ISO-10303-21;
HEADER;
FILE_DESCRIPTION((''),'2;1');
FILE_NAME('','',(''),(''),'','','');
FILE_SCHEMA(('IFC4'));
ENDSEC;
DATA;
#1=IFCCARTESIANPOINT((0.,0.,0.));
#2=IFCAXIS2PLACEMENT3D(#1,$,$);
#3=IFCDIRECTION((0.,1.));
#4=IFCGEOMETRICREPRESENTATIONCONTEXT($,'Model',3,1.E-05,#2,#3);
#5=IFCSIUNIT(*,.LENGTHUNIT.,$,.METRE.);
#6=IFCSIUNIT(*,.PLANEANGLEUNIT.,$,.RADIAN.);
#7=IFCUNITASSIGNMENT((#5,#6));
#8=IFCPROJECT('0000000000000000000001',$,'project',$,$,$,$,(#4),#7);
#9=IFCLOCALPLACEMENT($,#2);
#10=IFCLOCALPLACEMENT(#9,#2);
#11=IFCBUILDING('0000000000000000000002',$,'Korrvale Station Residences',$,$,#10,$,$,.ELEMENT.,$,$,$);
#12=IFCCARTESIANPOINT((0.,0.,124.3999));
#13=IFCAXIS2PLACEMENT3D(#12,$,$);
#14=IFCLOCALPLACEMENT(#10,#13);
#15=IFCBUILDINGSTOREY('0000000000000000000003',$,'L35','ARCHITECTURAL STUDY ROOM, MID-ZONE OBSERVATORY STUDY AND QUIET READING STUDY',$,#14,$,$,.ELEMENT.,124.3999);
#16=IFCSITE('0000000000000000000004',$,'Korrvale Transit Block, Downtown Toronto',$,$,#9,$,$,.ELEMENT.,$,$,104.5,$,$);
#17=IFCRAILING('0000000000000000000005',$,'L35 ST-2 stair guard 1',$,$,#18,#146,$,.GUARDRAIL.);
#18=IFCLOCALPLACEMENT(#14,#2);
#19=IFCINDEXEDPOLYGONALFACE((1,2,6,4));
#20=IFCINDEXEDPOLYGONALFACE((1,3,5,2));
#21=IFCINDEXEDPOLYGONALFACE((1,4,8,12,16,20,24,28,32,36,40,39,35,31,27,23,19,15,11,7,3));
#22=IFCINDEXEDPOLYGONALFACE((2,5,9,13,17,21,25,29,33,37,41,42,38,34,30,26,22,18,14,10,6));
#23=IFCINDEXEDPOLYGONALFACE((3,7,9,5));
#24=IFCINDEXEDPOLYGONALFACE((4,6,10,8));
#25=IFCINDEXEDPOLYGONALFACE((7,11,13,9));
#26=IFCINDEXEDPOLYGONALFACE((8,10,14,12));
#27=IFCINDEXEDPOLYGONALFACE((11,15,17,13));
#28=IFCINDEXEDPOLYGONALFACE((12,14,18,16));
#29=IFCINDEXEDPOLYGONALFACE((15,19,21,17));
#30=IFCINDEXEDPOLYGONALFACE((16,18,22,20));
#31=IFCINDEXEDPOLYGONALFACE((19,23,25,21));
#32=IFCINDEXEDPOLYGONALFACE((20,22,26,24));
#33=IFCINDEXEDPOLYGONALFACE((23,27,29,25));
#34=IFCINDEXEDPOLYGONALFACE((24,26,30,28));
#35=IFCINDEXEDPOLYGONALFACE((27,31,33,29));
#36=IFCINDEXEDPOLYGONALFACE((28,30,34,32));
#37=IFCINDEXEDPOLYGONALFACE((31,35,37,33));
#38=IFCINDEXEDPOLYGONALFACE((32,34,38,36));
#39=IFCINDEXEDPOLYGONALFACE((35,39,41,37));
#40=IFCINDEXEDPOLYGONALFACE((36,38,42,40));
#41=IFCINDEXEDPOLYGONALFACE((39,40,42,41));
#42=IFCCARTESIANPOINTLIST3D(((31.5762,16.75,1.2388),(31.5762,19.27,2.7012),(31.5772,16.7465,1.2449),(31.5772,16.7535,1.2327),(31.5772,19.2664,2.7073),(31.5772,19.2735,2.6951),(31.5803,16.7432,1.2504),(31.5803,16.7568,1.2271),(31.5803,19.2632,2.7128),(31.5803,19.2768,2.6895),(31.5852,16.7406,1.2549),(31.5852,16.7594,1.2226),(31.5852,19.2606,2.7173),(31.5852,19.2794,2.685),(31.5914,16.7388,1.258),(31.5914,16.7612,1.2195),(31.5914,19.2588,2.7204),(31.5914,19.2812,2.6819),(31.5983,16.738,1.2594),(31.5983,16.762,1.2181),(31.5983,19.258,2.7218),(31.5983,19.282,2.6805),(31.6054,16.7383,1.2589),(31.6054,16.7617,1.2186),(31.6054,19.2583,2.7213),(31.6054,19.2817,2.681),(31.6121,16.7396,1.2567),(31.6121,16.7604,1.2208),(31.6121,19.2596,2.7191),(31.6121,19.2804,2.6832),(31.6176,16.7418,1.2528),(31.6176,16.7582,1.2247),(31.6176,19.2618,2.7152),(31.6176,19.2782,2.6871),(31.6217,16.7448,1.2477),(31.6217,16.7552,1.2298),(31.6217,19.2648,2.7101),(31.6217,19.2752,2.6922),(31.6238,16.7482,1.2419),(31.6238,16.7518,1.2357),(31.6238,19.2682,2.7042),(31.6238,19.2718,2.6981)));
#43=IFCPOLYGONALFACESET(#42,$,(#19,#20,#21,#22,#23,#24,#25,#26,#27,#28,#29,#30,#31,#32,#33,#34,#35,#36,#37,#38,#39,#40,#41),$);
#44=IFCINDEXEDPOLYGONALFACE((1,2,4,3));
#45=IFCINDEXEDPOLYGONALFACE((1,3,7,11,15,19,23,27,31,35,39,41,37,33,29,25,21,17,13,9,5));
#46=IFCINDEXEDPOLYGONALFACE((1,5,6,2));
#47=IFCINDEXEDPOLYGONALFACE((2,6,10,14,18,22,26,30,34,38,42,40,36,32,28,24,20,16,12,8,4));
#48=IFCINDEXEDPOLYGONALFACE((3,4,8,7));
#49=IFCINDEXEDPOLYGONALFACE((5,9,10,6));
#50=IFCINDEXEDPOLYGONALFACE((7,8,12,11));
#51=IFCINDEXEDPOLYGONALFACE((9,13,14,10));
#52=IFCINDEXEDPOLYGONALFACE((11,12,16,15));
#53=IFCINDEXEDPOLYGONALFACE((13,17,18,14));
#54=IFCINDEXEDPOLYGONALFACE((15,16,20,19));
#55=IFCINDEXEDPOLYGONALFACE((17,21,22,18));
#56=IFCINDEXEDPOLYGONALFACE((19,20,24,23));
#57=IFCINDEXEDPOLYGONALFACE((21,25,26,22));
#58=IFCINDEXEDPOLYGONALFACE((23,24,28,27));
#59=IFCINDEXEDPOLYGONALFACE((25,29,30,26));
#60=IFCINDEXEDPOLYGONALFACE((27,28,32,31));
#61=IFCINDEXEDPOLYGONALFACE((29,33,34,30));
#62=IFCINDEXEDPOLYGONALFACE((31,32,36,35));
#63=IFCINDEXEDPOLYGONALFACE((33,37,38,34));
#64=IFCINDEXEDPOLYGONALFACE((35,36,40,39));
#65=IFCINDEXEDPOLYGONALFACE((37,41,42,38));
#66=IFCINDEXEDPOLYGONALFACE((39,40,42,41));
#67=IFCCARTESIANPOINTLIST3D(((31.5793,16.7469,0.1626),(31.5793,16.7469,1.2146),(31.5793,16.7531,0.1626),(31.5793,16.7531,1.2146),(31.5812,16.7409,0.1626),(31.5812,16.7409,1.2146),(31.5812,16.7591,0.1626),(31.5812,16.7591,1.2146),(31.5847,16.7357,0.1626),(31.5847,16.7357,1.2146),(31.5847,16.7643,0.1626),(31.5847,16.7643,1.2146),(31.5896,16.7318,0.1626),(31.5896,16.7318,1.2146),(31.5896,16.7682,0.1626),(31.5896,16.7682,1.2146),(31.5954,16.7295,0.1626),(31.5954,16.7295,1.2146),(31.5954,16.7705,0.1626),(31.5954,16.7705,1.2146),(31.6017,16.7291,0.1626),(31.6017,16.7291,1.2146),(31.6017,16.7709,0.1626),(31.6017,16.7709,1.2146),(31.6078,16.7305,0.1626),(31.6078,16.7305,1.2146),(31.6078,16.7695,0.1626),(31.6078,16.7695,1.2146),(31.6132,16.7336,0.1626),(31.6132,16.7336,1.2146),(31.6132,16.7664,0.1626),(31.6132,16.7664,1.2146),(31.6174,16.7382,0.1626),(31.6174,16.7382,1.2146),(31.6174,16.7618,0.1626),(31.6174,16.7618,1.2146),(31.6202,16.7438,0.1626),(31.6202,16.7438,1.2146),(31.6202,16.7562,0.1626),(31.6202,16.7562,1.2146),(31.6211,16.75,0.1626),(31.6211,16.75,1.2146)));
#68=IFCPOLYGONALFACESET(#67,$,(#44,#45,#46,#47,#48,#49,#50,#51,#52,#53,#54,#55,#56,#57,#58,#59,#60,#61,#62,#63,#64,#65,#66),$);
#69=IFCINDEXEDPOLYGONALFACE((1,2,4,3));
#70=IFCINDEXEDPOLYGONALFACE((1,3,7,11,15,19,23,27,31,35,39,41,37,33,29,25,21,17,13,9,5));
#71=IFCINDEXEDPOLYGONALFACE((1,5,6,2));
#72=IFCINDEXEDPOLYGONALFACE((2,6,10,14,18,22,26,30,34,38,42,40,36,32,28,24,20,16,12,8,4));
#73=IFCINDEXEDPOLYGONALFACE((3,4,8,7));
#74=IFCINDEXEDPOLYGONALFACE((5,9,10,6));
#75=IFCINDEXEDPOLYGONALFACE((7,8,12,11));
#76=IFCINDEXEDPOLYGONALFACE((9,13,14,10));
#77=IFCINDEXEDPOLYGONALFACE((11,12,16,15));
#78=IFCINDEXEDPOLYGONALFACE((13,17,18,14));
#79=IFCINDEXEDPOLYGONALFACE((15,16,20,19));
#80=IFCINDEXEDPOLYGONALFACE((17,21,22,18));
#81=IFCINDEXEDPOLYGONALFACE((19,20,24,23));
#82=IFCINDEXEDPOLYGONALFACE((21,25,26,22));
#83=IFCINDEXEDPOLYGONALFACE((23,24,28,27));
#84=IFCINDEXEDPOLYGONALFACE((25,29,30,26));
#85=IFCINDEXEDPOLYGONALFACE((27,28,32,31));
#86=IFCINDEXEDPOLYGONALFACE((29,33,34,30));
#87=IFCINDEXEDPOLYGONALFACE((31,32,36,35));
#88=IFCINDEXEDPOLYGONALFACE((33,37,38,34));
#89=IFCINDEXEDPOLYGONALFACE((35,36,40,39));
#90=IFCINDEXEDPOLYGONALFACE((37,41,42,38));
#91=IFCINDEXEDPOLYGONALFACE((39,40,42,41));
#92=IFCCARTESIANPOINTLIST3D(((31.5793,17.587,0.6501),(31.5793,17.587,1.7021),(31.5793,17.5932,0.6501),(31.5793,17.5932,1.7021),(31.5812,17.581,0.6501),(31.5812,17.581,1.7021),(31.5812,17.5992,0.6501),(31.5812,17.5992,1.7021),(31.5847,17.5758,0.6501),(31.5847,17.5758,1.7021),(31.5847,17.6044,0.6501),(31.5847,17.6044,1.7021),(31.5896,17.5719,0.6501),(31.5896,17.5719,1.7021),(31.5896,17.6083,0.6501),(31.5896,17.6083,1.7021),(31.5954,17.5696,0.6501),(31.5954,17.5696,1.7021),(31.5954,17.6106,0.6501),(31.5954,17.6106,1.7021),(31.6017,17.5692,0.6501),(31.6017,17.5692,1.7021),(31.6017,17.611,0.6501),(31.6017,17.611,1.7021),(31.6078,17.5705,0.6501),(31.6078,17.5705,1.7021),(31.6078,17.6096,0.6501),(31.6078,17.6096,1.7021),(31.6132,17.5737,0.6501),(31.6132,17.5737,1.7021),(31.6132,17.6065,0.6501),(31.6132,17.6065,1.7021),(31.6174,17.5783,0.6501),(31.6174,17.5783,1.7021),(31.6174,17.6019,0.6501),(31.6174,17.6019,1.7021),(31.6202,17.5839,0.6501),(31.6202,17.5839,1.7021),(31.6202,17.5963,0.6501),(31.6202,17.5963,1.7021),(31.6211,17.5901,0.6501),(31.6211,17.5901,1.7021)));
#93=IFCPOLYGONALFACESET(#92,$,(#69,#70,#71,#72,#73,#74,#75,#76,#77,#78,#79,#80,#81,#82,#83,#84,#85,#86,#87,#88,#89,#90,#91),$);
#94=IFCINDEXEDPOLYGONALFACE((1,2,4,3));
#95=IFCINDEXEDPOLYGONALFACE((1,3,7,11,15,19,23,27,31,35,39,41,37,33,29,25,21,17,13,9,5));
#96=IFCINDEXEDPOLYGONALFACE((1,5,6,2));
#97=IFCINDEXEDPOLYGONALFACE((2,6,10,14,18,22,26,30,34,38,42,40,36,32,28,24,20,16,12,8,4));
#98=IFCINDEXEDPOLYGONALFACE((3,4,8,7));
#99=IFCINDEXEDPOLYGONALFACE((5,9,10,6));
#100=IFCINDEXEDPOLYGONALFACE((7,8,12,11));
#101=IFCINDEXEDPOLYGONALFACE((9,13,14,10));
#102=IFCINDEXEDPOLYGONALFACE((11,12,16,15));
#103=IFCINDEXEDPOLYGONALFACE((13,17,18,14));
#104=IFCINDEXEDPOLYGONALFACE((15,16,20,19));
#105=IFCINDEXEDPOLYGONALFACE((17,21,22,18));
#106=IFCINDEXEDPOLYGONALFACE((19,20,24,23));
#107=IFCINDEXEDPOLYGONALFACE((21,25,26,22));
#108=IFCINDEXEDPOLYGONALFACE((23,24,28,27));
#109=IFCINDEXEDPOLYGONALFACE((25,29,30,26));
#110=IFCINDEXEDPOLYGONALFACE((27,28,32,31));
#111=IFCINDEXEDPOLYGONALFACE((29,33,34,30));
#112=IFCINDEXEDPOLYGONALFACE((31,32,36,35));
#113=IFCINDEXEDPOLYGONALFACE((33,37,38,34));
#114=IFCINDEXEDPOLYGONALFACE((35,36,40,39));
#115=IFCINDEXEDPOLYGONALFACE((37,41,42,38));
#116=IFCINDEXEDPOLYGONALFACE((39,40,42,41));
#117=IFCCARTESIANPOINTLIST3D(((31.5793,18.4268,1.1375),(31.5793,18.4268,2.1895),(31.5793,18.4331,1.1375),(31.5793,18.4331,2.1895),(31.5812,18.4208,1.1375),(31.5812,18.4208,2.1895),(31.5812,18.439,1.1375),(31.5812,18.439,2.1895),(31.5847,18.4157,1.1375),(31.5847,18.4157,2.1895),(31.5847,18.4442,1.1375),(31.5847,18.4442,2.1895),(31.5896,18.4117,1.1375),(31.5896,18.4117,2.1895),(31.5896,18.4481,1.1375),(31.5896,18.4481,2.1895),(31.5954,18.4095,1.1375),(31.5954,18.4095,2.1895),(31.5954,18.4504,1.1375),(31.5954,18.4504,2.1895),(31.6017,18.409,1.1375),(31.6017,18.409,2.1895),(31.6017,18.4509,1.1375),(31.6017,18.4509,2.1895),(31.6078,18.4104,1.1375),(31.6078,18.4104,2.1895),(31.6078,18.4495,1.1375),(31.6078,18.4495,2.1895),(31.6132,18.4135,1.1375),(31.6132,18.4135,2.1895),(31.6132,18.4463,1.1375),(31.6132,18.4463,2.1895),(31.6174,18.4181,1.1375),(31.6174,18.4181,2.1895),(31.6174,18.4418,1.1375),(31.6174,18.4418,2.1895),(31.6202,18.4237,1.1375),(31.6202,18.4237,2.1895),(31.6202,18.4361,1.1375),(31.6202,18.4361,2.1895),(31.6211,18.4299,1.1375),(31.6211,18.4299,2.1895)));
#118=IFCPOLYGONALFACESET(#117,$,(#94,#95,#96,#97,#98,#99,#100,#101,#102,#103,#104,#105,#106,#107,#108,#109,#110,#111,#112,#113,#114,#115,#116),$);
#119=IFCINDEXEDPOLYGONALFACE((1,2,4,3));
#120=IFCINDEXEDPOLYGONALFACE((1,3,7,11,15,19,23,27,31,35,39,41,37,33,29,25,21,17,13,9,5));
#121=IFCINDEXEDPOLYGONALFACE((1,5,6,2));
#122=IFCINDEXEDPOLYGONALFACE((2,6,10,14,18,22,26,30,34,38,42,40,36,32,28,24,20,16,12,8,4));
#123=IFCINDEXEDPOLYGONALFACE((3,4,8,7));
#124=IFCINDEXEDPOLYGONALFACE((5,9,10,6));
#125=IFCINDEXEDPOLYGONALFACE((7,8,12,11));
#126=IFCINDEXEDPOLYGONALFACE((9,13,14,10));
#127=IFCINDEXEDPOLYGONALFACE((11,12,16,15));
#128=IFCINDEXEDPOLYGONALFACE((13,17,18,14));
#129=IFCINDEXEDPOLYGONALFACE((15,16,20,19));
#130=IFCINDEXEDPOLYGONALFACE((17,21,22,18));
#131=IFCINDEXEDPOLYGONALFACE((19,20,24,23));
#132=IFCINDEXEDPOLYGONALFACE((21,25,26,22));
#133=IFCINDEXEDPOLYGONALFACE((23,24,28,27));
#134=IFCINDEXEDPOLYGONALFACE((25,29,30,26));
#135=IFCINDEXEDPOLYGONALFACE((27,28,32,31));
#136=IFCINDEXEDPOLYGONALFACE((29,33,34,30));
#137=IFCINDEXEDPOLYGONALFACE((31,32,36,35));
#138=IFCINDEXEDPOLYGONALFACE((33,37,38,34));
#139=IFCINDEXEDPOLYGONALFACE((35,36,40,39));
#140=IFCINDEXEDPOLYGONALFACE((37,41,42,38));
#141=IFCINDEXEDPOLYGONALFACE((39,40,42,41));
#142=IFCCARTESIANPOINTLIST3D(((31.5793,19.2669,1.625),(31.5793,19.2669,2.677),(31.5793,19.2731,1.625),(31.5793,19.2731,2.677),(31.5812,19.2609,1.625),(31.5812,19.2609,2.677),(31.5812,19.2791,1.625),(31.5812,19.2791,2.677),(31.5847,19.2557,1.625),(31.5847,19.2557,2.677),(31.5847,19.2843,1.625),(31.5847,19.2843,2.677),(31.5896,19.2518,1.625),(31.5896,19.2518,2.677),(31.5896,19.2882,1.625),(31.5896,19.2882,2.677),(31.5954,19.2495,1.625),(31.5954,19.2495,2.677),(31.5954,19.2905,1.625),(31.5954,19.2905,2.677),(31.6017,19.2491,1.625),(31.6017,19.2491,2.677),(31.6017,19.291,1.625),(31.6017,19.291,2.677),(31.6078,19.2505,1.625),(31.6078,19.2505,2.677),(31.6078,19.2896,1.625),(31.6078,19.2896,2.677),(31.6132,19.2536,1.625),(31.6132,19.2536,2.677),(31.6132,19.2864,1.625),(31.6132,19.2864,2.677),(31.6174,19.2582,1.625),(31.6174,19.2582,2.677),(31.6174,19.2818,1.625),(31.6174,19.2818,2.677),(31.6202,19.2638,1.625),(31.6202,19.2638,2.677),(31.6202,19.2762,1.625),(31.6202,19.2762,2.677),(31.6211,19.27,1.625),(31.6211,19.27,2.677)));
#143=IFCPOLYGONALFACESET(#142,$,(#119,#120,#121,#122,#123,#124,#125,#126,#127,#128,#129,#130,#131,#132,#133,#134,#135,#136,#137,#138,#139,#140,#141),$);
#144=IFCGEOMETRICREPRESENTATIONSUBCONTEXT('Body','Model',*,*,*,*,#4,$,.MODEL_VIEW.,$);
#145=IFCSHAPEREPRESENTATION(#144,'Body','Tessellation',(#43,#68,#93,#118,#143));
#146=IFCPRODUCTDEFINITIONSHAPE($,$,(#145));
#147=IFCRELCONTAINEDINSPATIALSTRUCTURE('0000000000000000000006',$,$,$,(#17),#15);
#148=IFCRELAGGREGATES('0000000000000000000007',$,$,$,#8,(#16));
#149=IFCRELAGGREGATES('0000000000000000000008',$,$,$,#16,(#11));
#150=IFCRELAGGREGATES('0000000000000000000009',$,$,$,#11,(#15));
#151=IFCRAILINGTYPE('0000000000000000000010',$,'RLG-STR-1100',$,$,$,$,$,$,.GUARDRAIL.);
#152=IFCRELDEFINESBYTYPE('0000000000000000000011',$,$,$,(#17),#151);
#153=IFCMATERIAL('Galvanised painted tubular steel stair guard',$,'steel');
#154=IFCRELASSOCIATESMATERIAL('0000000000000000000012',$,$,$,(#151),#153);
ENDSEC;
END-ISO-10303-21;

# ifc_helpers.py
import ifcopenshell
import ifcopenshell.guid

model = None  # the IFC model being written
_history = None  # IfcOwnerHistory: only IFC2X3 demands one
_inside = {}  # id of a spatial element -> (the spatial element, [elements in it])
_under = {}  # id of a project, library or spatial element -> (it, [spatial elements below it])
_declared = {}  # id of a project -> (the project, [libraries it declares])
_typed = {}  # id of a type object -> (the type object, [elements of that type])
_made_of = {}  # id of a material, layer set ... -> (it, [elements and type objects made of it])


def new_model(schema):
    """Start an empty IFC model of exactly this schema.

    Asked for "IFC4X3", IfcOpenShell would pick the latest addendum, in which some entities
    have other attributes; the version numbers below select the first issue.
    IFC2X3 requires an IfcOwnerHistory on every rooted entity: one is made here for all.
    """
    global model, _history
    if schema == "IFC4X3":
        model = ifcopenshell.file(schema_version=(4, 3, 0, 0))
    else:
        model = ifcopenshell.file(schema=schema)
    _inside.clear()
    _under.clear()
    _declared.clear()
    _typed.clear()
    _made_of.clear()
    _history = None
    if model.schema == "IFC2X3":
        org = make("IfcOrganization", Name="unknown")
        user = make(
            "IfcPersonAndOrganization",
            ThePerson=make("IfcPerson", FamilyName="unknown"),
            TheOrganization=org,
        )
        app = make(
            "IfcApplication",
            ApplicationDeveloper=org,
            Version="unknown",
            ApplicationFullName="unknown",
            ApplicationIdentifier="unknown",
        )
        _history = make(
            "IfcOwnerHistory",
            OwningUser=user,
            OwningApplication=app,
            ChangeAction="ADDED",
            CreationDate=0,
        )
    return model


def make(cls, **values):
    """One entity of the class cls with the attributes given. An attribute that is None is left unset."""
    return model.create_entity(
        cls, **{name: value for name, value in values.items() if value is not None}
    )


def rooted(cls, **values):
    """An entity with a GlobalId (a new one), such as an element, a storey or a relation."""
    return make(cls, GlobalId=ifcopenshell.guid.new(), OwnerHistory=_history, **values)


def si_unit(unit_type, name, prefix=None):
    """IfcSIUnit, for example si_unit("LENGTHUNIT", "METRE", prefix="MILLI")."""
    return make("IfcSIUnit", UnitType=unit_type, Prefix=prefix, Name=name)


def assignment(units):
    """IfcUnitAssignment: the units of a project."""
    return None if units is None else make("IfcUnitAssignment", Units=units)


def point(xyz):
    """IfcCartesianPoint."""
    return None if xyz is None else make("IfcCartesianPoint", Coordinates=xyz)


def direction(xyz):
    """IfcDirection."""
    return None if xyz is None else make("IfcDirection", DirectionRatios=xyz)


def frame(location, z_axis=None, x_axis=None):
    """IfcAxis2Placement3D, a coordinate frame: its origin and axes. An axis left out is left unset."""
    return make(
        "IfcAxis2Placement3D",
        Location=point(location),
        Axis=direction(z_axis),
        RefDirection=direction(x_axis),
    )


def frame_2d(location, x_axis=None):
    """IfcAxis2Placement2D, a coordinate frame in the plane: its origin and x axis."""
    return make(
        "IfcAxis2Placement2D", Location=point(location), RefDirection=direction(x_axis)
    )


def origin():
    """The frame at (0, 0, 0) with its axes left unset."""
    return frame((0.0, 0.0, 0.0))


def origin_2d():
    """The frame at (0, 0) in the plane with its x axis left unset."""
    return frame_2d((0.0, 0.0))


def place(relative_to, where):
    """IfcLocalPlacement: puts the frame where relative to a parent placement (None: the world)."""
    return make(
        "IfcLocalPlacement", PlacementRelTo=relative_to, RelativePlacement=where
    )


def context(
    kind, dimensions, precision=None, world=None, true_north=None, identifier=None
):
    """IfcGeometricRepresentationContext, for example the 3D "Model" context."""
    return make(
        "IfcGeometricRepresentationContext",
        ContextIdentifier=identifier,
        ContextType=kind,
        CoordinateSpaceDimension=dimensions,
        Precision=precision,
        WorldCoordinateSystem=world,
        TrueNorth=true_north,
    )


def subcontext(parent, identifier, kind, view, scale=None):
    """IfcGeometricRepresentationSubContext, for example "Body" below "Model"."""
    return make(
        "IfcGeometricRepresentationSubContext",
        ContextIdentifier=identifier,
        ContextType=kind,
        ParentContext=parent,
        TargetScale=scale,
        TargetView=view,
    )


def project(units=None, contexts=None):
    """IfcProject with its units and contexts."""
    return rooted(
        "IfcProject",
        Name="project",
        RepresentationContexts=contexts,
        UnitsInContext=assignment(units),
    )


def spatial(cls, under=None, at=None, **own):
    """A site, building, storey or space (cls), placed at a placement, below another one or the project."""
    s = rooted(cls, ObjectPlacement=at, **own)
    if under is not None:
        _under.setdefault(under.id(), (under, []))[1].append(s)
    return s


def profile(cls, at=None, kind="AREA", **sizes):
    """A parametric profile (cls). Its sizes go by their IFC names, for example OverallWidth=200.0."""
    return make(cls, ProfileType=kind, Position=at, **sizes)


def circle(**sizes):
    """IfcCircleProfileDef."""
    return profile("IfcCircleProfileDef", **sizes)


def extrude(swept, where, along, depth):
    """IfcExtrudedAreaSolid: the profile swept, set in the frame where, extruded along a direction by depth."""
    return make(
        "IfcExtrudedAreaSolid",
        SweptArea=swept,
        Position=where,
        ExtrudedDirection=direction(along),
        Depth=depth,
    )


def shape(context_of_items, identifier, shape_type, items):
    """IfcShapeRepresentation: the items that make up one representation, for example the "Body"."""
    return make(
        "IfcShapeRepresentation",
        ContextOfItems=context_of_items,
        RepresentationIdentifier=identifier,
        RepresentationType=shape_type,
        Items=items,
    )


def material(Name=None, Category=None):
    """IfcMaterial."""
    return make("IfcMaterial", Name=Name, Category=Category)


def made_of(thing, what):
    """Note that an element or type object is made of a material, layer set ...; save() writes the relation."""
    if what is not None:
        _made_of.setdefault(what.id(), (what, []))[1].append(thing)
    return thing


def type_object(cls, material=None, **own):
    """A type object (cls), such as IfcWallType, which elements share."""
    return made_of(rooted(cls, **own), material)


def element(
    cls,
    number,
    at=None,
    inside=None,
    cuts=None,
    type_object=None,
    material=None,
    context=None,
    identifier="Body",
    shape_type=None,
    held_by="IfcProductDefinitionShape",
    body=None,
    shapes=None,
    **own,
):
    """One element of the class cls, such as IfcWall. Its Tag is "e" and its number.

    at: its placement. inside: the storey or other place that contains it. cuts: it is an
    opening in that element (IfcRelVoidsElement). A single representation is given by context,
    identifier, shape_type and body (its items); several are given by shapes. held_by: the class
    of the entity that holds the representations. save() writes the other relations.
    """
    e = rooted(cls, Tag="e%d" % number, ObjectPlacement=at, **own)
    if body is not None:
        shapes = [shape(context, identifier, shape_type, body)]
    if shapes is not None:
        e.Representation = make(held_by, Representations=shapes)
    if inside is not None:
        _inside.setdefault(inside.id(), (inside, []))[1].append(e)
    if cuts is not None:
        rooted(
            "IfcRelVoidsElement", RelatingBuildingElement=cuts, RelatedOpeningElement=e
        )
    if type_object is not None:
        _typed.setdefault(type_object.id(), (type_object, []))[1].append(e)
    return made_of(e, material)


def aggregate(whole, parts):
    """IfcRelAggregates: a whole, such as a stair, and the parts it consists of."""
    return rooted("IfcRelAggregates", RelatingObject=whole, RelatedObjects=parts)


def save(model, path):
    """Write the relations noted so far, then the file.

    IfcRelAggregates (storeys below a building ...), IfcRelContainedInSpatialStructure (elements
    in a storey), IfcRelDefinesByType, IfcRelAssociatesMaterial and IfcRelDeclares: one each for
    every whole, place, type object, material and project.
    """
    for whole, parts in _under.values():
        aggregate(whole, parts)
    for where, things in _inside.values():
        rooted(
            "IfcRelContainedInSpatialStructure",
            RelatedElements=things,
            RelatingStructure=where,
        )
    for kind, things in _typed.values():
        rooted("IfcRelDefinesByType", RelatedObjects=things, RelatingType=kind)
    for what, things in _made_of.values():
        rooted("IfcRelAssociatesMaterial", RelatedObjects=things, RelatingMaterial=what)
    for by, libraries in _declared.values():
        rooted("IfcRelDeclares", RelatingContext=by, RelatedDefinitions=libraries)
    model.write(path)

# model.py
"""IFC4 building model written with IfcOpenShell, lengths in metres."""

from ifc_helpers import new_model, si_unit, direction, frame, origin, origin_2d, place, context, subcontext, project, spatial, circle, extrude, material, type_object, element, save


model = new_model("IFC4")

# Units and contexts
model_context = context("Model", 3, precision=1e-05, world=origin(), true_north=direction((0.0, 1.0)))
body_context = subcontext(model_context, "Body", "Model", "MODEL_VIEW")
ifc_project = project(units=[si_unit("LENGTHUNIT", "METRE"), si_unit("PLANEANGLEUNIT", "RADIAN")], contexts=[model_context])

# Site, building, storey
site_placement = place(None, origin())
site = spatial("IfcSite", under=ifc_project, at=site_placement, Name="Korrvale Transit Block, Downtown Toronto", CompositionType="ELEMENT", RefElevation=104.5)
building_placement = place(site_placement, origin())
building = spatial("IfcBuilding", under=site, at=building_placement, Name="Korrvale Station Residences", CompositionType="ELEMENT")
storey_placement = place(building_placement, frame((0.0, 0.0, 124.3999)))
storey = spatial("IfcBuildingStorey", under=building, at=storey_placement, Name="L35", Description="ARCHITECTURAL STUDY ROOM, MID-ZONE OBSERVATORY STUDY AND QUIET READING STUDY", CompositionType="ELEMENT", Elevation=124.3999)

# Railing
ifc_material_1 = material(Name="Galvanised painted tubular steel stair guard", Category="steel")
railing_type_1 = type_object("IfcRailingType", Name="RLG-STR-1100", PredefinedType="GUARDRAIL", material=ifc_material_1)
railing_1_placement = place(storey_placement, frame((31.6001, 16.75, 0.1626)))
element("IfcRailing", 1, at=railing_1_placement, inside=storey, type_object=railing_type_1, Name="L35 ST-2 stair guard 1", PredefinedType="GUARDRAIL", context=body_context, shape_type="SweptSolid", body=[
    extrude(circle(Radius=0.0239, at=origin_2d()), frame((0.0, 0.0, 1.0762), z_axis=(0.0, 0.864913, 0.501921), x_axis=(-1.0, 0.0, 0.0)), (0.0, 0.0, 1.0), 2.9136),
    extrude(circle(Radius=0.021, at=origin_2d()), origin(), (0.0, 0.0, 1.0), 1.052),
    extrude(circle(Radius=0.021, at=origin_2d()), frame((0.0, 0.8401, 0.4875)), (0.0, 0.0, 1.0), 1.052),
    extrude(circle(Radius=0.021, at=origin_2d()), frame((0.0, 1.6799, 0.9749)), (0.0, 0.0, 1.0), 1.052),
    extrude(circle(Radius=0.021, at=origin_2d()), frame((0.0, 2.52, 1.4624)), (0.0, 0.0, 1.0), 1.052),
])

save(model, "model.ifc")
